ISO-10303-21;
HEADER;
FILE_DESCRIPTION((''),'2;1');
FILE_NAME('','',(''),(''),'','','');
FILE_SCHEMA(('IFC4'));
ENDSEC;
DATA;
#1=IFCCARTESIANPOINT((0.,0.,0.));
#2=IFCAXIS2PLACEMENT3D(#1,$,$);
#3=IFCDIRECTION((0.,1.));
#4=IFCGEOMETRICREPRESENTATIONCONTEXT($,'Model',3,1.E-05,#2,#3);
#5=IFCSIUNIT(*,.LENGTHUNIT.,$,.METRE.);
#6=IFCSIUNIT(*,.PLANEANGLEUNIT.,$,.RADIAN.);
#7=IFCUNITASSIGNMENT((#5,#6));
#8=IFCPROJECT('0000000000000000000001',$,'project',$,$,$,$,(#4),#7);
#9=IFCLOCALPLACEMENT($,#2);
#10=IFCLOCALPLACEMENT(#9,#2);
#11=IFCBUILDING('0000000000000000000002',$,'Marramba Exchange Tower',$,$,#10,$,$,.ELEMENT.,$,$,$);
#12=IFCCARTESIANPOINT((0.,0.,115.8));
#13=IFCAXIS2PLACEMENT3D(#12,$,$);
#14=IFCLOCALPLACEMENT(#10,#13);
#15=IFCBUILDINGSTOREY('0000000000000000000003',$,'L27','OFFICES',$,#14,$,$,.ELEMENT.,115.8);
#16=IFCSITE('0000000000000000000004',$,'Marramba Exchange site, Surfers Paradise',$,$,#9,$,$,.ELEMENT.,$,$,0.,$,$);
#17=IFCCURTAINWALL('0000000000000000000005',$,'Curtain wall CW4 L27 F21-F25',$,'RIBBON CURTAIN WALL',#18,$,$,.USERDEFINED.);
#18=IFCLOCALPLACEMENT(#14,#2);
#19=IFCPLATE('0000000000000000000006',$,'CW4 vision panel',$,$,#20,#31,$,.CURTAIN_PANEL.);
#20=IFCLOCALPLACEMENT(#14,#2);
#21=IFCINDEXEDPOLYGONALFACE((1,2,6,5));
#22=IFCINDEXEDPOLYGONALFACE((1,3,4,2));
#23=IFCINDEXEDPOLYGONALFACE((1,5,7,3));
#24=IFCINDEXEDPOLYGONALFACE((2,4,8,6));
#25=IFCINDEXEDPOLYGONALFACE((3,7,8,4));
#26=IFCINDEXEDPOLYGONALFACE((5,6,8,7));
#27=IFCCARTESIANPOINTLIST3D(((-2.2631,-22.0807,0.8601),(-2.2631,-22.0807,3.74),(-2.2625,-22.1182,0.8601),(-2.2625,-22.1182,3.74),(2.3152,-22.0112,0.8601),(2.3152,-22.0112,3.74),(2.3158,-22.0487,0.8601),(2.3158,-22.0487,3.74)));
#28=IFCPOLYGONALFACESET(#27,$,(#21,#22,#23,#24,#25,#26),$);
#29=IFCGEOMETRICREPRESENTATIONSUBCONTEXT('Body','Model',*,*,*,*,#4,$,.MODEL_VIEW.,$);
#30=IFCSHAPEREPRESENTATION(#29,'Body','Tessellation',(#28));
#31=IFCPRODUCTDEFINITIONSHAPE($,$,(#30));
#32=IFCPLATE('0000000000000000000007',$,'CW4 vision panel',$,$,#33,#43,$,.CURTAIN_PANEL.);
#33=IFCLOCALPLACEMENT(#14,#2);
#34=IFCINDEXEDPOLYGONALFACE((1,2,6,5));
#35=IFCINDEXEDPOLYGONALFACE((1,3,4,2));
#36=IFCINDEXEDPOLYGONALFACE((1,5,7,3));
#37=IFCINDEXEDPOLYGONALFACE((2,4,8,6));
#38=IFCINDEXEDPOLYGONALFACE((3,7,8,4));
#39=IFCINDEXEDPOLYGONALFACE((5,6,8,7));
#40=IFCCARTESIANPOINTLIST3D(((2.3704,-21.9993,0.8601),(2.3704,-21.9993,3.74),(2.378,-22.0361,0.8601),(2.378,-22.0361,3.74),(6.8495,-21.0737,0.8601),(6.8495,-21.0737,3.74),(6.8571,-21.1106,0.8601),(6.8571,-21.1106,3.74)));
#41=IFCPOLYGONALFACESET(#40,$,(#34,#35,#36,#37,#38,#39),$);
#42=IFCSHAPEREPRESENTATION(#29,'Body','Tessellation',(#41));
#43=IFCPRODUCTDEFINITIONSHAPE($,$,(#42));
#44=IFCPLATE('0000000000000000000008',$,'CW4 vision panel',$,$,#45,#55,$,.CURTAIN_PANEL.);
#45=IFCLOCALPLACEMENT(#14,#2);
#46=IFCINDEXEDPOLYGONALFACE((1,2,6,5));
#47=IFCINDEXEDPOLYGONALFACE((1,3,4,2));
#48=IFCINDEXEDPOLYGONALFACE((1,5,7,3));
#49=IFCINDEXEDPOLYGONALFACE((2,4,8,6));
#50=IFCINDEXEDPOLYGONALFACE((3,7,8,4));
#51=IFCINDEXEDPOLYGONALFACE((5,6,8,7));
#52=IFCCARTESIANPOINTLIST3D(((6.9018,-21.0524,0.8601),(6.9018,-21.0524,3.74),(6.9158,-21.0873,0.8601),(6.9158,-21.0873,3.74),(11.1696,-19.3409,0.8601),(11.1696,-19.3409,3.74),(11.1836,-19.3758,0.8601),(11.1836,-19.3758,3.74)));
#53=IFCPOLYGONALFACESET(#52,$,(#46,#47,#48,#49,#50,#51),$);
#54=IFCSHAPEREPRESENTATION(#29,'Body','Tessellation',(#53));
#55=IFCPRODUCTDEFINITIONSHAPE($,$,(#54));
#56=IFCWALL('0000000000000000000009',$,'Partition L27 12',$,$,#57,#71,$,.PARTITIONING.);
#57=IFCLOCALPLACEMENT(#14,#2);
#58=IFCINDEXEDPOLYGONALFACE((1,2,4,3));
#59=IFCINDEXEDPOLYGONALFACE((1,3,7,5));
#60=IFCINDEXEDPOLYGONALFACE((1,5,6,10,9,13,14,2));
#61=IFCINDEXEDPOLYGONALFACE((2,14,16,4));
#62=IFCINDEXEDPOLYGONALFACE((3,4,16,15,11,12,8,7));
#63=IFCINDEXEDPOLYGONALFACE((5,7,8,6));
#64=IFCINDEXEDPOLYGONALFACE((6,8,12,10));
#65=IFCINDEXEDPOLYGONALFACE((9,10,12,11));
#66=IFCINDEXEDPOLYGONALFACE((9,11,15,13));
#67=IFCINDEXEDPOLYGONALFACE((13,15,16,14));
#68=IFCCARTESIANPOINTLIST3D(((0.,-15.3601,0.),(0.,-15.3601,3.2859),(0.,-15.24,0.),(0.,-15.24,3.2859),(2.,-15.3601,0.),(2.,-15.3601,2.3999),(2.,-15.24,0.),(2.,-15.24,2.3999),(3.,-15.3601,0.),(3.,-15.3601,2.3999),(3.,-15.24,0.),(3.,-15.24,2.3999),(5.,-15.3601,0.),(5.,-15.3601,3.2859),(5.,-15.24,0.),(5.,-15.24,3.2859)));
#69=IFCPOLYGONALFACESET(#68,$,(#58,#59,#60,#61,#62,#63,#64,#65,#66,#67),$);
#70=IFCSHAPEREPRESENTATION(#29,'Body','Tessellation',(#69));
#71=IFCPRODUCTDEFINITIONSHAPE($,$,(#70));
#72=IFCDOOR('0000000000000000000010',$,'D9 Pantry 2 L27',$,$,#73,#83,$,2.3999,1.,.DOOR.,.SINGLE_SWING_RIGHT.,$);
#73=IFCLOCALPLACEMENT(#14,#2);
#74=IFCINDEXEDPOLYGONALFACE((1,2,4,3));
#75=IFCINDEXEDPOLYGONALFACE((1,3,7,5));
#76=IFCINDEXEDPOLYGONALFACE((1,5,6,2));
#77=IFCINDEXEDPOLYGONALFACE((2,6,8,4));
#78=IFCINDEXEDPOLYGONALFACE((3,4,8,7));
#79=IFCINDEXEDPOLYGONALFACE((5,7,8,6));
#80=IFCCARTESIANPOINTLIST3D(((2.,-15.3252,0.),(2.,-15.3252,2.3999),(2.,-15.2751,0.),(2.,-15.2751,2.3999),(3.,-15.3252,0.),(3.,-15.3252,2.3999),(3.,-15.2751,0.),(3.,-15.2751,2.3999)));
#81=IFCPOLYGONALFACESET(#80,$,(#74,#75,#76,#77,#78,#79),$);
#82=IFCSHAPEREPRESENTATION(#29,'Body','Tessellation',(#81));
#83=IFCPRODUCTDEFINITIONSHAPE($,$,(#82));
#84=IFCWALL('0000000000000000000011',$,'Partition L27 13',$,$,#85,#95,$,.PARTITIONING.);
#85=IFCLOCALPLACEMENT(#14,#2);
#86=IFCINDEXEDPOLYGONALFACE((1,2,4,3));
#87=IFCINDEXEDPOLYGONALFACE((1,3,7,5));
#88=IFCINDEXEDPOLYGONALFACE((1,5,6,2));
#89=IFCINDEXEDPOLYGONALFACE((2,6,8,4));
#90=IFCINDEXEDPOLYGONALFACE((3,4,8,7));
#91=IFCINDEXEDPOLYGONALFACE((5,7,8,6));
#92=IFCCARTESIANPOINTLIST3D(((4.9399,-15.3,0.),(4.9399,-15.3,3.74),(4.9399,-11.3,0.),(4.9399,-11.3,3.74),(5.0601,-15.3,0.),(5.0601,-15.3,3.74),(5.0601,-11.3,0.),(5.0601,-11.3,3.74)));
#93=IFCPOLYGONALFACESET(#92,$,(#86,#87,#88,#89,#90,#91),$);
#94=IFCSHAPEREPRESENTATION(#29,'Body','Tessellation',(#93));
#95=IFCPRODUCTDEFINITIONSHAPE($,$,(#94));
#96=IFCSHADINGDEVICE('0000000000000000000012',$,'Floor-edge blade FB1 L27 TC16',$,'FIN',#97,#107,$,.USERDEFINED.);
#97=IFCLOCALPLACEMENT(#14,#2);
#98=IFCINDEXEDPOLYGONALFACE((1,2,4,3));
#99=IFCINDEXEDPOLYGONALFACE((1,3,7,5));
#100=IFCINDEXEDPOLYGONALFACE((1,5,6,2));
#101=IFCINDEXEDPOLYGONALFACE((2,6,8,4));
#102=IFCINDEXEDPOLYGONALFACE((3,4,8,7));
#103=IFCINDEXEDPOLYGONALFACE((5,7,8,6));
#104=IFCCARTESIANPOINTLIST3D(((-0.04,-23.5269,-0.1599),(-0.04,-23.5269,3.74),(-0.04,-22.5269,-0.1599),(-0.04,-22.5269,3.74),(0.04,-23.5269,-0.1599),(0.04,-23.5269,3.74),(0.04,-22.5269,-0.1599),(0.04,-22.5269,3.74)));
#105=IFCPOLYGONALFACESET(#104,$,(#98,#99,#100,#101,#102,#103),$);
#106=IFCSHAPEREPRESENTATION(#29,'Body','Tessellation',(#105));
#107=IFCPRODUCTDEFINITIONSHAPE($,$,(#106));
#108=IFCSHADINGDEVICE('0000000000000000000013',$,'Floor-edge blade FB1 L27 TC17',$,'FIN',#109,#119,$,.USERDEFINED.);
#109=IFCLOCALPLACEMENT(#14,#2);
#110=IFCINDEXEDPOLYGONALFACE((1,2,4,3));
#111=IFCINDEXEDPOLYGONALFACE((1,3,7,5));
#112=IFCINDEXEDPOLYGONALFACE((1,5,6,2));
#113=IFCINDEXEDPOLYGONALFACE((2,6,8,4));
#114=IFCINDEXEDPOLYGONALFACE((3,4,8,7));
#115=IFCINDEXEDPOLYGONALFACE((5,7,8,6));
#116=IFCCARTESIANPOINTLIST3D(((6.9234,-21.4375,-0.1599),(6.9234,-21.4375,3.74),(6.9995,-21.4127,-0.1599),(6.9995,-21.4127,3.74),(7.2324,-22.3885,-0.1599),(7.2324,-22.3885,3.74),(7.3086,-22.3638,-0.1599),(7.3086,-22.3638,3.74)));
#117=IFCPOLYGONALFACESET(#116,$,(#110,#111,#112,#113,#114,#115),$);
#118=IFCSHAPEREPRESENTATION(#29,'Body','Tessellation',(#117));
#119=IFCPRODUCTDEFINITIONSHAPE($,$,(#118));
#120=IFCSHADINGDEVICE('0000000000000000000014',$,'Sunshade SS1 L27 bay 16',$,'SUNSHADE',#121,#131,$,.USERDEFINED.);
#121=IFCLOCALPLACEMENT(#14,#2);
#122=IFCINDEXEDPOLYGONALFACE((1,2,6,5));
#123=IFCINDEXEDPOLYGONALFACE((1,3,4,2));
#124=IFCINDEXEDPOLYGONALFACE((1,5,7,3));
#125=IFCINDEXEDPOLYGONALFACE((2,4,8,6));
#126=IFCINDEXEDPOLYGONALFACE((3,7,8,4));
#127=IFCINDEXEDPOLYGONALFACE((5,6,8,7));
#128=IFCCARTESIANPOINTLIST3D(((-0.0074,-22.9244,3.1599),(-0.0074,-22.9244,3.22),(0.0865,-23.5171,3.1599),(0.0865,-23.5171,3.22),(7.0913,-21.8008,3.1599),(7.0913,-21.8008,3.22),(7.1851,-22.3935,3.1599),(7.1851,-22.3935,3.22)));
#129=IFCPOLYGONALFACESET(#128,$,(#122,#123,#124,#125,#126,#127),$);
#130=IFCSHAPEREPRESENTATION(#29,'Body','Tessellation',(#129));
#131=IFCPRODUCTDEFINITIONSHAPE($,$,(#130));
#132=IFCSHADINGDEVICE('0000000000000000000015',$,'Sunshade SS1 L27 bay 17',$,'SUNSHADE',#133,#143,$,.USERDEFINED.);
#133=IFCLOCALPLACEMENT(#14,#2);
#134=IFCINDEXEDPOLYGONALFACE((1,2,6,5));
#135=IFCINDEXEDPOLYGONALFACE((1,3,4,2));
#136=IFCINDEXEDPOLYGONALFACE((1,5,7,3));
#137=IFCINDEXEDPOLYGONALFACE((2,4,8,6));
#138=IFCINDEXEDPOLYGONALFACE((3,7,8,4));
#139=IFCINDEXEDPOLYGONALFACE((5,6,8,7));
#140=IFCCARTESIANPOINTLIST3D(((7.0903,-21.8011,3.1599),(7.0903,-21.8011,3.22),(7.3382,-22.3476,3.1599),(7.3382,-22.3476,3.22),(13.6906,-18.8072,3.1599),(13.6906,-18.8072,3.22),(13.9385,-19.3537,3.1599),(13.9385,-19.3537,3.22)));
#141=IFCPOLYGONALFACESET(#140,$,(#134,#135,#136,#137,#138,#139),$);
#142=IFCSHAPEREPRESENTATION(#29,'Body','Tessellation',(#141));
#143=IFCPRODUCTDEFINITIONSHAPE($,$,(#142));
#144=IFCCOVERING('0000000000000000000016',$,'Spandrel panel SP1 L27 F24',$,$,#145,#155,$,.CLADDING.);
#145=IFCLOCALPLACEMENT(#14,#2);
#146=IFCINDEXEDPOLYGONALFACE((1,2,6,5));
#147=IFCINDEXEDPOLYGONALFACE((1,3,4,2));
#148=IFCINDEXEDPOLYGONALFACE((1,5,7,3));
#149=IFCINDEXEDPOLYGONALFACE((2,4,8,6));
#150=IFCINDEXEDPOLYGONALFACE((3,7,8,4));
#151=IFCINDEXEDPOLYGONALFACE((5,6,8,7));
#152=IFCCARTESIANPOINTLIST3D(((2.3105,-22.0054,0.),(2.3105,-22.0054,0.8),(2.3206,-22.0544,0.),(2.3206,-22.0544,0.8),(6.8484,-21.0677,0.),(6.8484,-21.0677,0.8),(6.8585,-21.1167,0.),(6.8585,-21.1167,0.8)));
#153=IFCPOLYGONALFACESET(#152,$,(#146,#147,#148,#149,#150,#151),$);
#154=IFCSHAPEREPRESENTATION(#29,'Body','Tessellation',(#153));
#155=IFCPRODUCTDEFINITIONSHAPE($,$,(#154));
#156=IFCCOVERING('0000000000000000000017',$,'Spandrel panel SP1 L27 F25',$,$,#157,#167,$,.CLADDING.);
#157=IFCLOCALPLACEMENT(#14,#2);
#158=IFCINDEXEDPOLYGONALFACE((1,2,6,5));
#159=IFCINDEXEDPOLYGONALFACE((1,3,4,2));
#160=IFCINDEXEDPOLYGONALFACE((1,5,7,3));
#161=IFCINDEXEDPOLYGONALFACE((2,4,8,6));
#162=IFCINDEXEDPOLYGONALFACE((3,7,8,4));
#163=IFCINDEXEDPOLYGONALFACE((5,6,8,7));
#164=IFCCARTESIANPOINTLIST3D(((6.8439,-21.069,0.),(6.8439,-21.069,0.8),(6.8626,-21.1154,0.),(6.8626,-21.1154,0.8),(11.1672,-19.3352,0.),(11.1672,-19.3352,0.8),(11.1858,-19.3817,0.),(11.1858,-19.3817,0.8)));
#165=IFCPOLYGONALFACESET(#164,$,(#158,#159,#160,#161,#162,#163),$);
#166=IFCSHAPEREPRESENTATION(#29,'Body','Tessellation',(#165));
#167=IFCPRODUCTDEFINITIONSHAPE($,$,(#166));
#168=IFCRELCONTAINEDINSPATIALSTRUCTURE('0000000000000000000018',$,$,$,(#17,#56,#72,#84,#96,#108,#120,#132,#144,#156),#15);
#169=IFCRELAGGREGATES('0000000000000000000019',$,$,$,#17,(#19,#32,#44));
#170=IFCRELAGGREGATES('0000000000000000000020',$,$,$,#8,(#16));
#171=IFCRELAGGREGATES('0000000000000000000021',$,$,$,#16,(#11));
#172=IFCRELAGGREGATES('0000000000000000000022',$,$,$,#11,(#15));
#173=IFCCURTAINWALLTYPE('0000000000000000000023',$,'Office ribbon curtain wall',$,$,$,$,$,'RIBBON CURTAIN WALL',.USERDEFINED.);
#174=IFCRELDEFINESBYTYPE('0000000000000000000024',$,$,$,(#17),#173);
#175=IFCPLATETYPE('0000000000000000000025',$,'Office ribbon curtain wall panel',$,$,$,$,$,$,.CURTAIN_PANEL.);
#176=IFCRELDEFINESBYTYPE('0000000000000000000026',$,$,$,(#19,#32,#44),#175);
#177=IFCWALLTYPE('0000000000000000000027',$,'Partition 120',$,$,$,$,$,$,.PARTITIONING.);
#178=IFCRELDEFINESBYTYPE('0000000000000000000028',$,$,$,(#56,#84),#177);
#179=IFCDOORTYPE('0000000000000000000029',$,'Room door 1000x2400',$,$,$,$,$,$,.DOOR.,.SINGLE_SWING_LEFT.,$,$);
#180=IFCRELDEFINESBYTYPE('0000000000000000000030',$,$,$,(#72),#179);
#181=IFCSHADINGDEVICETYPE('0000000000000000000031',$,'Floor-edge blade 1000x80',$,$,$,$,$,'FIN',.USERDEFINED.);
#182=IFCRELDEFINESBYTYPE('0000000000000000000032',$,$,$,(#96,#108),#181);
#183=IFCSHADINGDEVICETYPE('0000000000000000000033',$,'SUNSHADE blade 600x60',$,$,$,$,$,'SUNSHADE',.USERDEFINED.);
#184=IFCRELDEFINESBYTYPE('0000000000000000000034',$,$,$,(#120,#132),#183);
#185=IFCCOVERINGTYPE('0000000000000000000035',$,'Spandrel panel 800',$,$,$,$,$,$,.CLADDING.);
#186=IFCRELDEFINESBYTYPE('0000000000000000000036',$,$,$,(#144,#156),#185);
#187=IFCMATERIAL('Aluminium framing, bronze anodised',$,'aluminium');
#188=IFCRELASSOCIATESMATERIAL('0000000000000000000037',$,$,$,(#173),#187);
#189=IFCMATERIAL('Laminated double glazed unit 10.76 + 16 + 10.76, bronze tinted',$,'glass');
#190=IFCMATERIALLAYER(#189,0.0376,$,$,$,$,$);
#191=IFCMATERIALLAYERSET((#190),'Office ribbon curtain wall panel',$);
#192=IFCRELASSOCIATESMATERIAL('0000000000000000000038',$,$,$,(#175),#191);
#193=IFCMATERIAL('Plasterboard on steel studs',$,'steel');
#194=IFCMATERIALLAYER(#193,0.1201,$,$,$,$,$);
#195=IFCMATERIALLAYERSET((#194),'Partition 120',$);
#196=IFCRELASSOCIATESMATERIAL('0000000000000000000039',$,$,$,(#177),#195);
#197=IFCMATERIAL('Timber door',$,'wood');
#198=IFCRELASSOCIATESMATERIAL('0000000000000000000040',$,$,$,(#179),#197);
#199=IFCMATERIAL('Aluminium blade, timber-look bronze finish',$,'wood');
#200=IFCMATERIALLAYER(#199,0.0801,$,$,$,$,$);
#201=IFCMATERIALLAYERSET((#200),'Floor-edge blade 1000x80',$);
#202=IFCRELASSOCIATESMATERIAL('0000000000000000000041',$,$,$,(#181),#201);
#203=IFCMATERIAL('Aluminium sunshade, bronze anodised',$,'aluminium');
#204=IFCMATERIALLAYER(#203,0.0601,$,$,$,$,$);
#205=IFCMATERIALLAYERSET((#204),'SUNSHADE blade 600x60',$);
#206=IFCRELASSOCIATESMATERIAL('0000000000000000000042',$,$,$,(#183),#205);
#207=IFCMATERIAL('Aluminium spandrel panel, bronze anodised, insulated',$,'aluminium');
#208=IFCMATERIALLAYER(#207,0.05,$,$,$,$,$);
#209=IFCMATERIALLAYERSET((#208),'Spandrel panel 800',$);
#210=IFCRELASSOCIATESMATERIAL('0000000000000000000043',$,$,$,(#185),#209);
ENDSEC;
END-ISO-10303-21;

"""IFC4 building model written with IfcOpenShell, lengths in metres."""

from ifc_helpers import new_model, si_unit, direction, frame, frame_2d, origin, origin_2d, place, context, subcontext, project, spatial, rectangle, extrude, material, layer, layer_set, type_object, element, fill, aggregate, save


model = new_model("IFC4")

# Units and contexts
model_context = context("Model", 3, precision=1e-05, world=origin(), true_north=direction((0.0, 1.0)))
body_context = subcontext(model_context, "Body", "Model", "MODEL_VIEW")
ifc_project = project(units=[si_unit("LENGTHUNIT", "METRE"), si_unit("PLANEANGLEUNIT", "RADIAN")], contexts=[model_context])

# Site, building, storey
site_placement = place(None, origin())
site = spatial("IfcSite", under=ifc_project, at=site_placement, Name="Marramba Exchange site, Surfers Paradise", CompositionType="ELEMENT", RefElevation=0.0)
building_placement = place(site_placement, origin())
building = spatial("IfcBuilding", under=site, at=building_placement, Name="Marramba Exchange Tower", CompositionType="ELEMENT")
storey_placement = place(building_placement, frame((0.0, 0.0, 115.8)))
storey = spatial("IfcBuildingStorey", under=building, at=storey_placement, Name="L27", Description="OFFICES", CompositionType="ELEMENT", Elevation=115.8)

# Curtain wall
ifc_material_1 = material(Name="Aluminium framing, bronze anodised", Category="aluminium")
curtain_wall_type = type_object("IfcCurtainWallType", Name="Office ribbon curtain wall", ElementType="RIBBON CURTAIN WALL", PredefinedType="USERDEFINED", material=ifc_material_1)
curtain_wall_1_placement = place(storey_placement, origin())
curtain_wall_1 = element("IfcCurtainWall", 1, at=curtain_wall_1_placement, inside=storey, type_object=curtain_wall_type, Name="Curtain wall CW4 L27 F21-F25", ObjectType="RIBBON CURTAIN WALL", PredefinedType="USERDEFINED")

# Plates
ifc_material_2 = material(Name="Laminated double glazed unit 10.76 + 16 + 10.76, bronze tinted", Category="glass")
ifc_layer_1 = layer(ifc_material_2, 0.0376)
ifc_layer_set_1 = layer_set([ifc_layer_1], Name="Office ribbon curtain wall panel")
plate_type = type_object("IfcPlateType", Name="Office ribbon curtain wall panel", PredefinedType="CURTAIN_PANEL", material=ifc_layer_set_1)
plate_1_placement = place(storey_placement, frame((0.0264, -22.0647, 0.8601), z_axis=(0.0, 0.0, 1.0), x_axis=(0.999885, 0.015179, 0.0)))
plate_1 = element("IfcPlate", 2, at=plate_1_placement, type_object=plate_type, Name="CW4 vision panel", PredefinedType="CURTAIN_PANEL", context=body_context, shape_type="SweptSolid", body=[
    extrude(rectangle(XDim=4.5789, YDim=0.0376, at=origin_2d()), origin(), (0.0, 0.0, 1.0), 2.8799),
])
plate_2_placement = place(storey_placement, frame((4.6138, -21.5549, 0.8601), z_axis=(0.0, 0.0, 1.0), x_axis=(0.97931, 0.202365, 0.0)))
plate_2 = element("IfcPlate", 3, at=plate_2_placement, type_object=plate_type, Name="CW4 vision panel", PredefinedType="CURTAIN_PANEL", context=body_context, shape_type="SweptSolid", body=[
    extrude(rectangle(XDim=4.5737, YDim=0.0376, at=origin_2d()), origin(), (0.0, 0.0, 1.0), 2.8799),
])
plate_3_placement = place(storey_placement, frame((9.0427, -20.2141, 0.8601), z_axis=(0.0, 0.0, 1.0), x_axis=(0.928149, 0.372209, 0.0)))
plate_3 = element("IfcPlate", 4, at=plate_3_placement, type_object=plate_type, Name="CW4 vision panel", PredefinedType="CURTAIN_PANEL", context=body_context, shape_type="SweptSolid", body=[
    extrude(rectangle(XDim=4.5981, YDim=0.0376, at=origin_2d()), origin(), (0.0, 0.0, 1.0), 2.8799),
])
aggregate(curtain_wall_1, [plate_1, plate_2, plate_3])

# Wall, opening, door
ifc_material_3 = material(Name="Plasterboard on steel studs", Category="steel")
ifc_layer_2 = layer(ifc_material_3, 0.1201)
ifc_layer_set_2 = layer_set([ifc_layer_2], Name="Partition 120")
wall_type = type_object("IfcWallType", Name="Partition 120", PredefinedType="PARTITIONING", material=ifc_layer_set_2)
wall_1_placement = place(storey_placement, frame((0.0, -15.3, 0.0), z_axis=(0.0, 0.0, 1.0), x_axis=(1.0, 0.0, 0.0)))
wall_1 = element("IfcWall", 5, at=wall_1_placement, inside=storey, type_object=wall_type, Name="Partition L27 12", PredefinedType="PARTITIONING", context=body_context, shape_type="SweptSolid", body=[
    extrude(rectangle(XDim=5.0, YDim=0.1201, at=frame_2d((2.5, 0.0))), origin(), (0.0, 0.0, 1.0), 3.2859),
])
opening_placement = place(wall_1_placement, frame((2.0, 0.0, 0.0)))
opening = element("IfcOpeningElement", 6, at=opening_placement, cuts=wall_1, PredefinedType="OPENING", context=body_context, shape_type="SweptSolid", body=[
    extrude(rectangle(XDim=1.0, YDim=2.3999, at=frame_2d((0.5, 1.2))), frame((0.0, 0.0701, 0.0), z_axis=(0.0, -1.0, 0.0), x_axis=(1.0, 0.0, 0.0)), (0.0, 0.0, 1.0), 0.1401),
])
ifc_material_4 = material(Name="Timber door", Category="wood")
door_type = type_object("IfcDoorType", Name="Room door 1000x2400", OperationType="SINGLE_SWING_LEFT", PredefinedType="DOOR", material=ifc_material_4)
door_placement = place(opening_placement, origin())
door = element("IfcDoor", 7, at=door_placement, inside=storey, type_object=door_type, Name="D9 Pantry 2 L27", OperationType="SINGLE_SWING_RIGHT", OverallHeight=2.3999, OverallWidth=1.0, PredefinedType="DOOR", context=body_context, shape_type="SweptSolid", body=[
    extrude(rectangle(XDim=1.0, YDim=2.3999, at=frame_2d((0.5, 1.2))), frame((0.0, 0.0249, 0.0), z_axis=(0.0, -1.0, 0.0), x_axis=(1.0, 0.0, 0.0)), (0.0, 0.0, 1.0), 0.05),
])
fill(opening, door)

# Wall
wall_2_placement = place(storey_placement, frame((5.0, -15.3, 0.0), z_axis=(0.0, 0.0, 1.0), x_axis=(0.0, 1.0, 0.0)))
element("IfcWall", 8, at=wall_2_placement, inside=storey, type_object=wall_type, Name="Partition L27 13", PredefinedType="PARTITIONING", context=body_context, shape_type="SweptSolid", body=[
    extrude(rectangle(XDim=4.0, YDim=0.1201, at=frame_2d((2.0, 0.0))), origin(), (0.0, 0.0, 1.0), 3.74),
])

# Shading devices
ifc_material_5 = material(Name="Aluminium blade, timber-look bronze finish", Category="wood")
ifc_layer_3 = layer(ifc_material_5, 0.0801)
ifc_layer_set_3 = layer_set([ifc_layer_3], Name="Floor-edge blade 1000x80")
shading_device_type_1 = type_object("IfcShadingDeviceType", Name="Floor-edge blade 1000x80", ElementType="FIN", PredefinedType="USERDEFINED", material=ifc_layer_set_3)
for number, where, z_axis, x_axis, name in (
    (9, (0.0, -23.0269, -0.1599), (0.0, 0.0, 1.0), (0.0, -1.0, 0.0), "Floor-edge blade FB1 L27 TC16"),
    (10, (7.116, -21.9006, -0.1599), (0.0, 0.0, 1.0), (0.309017, -0.951057, 0.0), "Floor-edge blade FB1 L27 TC17"),
):
    element("IfcShadingDevice", number, at=place(storey_placement, frame(where, z_axis=z_axis, x_axis=x_axis)), inside=storey, type_object=shading_device_type_1, Name=name, ObjectType="FIN", PredefinedType="USERDEFINED", context=body_context, shape_type="SweptSolid", body=[
        extrude(rectangle(XDim=1.0, YDim=0.0801, at=origin_2d()), origin(), (0.0, 0.0, 1.0), 3.8999),
    ])
ifc_material_6 = material(Name="Aluminium sunshade, bronze anodised", Category="aluminium")
ifc_layer_4 = layer(ifc_material_6, 0.0601)
ifc_layer_set_4 = layer_set([ifc_layer_4], Name="SUNSHADE blade 600x60")
shading_device_type_2 = type_object("IfcShadingDeviceType", Name="SUNSHADE blade 600x60", ElementType="SUNSHADE", PredefinedType="USERDEFINED", material=ifc_layer_set_4)
shading_device_1_placement = place(storey_placement, frame((3.5889, -22.6589, 3.1599), z_axis=(0.0, 0.0, 1.0), x_axis=(0.987705, 0.15633, 0.0)))
element("IfcShadingDevice", 11, at=shading_device_1_placement, inside=storey, type_object=shading_device_type_2, Name="Sunshade SS1 L27 bay 16", ObjectType="SUNSHADE", PredefinedType="USERDEFINED", context=body_context, shape_type="SweptSolid", body=[
    extrude(rectangle(XDim=7.187, YDim=0.6001, at=origin_2d()), origin(), (0.0, 0.0, 1.0), 0.0601),
])
shading_device_2_placement = place(storey_placement, frame((10.5144, -20.5774, 3.1599), z_axis=(0.0, 0.0, 1.0), x_axis=(0.910692, 0.413086, 0.0)))
element("IfcShadingDevice", 12, at=shading_device_2_placement, inside=storey, type_object=shading_device_type_2, Name="Sunshade SS1 L27 bay 17", ObjectType="SUNSHADE", PredefinedType="USERDEFINED", context=body_context, shape_type="SweptSolid", body=[
    extrude(rectangle(XDim=7.2476, YDim=0.6001, at=origin_2d()), origin(), (0.0, 0.0, 1.0), 0.0601),
])

# Coverings
ifc_material_7 = material(Name="Aluminium spandrel panel, bronze anodised, insulated", Category="aluminium")
ifc_layer_5 = layer(ifc_material_7, 0.05)
ifc_layer_set_5 = layer_set([ifc_layer_5], Name="Spandrel panel 800")
covering_type = type_object("IfcCoveringType", Name="Spandrel panel 800", PredefinedType="CLADDING", material=ifc_layer_set_5)
covering_1_placement = place(storey_placement, frame((4.5845, -21.561, 0.0), z_axis=(0.0, 0.0, 1.0), x_axis=(0.97931, 0.202365, 0.0)))
element("IfcCovering", 13, at=covering_1_placement, inside=storey, type_object=covering_type, Name="Spandrel panel SP1 L27 F24", PredefinedType="CLADDING", context=body_context, shape_type="SweptSolid", body=[
    extrude(rectangle(XDim=4.6338, YDim=0.05, at=origin_2d()), origin(), (0.0, 0.0, 1.0), 0.8),
])
covering_2_placement = place(storey_placement, frame((9.0149, -20.2253, 0.0), z_axis=(0.0, 0.0, 1.0), x_axis=(0.928149, 0.372209, 0.0)))
element("IfcCovering", 14, at=covering_2_placement, inside=storey, type_object=covering_type, Name="Spandrel panel SP1 L27 F25", PredefinedType="CLADDING", context=body_context, shape_type="SweptSolid", body=[
    extrude(rectangle(XDim=4.658, YDim=0.05, at=origin_2d()), origin(), (0.0, 0.0, 1.0), 0.8),
])

save(model, "model.ifc")
